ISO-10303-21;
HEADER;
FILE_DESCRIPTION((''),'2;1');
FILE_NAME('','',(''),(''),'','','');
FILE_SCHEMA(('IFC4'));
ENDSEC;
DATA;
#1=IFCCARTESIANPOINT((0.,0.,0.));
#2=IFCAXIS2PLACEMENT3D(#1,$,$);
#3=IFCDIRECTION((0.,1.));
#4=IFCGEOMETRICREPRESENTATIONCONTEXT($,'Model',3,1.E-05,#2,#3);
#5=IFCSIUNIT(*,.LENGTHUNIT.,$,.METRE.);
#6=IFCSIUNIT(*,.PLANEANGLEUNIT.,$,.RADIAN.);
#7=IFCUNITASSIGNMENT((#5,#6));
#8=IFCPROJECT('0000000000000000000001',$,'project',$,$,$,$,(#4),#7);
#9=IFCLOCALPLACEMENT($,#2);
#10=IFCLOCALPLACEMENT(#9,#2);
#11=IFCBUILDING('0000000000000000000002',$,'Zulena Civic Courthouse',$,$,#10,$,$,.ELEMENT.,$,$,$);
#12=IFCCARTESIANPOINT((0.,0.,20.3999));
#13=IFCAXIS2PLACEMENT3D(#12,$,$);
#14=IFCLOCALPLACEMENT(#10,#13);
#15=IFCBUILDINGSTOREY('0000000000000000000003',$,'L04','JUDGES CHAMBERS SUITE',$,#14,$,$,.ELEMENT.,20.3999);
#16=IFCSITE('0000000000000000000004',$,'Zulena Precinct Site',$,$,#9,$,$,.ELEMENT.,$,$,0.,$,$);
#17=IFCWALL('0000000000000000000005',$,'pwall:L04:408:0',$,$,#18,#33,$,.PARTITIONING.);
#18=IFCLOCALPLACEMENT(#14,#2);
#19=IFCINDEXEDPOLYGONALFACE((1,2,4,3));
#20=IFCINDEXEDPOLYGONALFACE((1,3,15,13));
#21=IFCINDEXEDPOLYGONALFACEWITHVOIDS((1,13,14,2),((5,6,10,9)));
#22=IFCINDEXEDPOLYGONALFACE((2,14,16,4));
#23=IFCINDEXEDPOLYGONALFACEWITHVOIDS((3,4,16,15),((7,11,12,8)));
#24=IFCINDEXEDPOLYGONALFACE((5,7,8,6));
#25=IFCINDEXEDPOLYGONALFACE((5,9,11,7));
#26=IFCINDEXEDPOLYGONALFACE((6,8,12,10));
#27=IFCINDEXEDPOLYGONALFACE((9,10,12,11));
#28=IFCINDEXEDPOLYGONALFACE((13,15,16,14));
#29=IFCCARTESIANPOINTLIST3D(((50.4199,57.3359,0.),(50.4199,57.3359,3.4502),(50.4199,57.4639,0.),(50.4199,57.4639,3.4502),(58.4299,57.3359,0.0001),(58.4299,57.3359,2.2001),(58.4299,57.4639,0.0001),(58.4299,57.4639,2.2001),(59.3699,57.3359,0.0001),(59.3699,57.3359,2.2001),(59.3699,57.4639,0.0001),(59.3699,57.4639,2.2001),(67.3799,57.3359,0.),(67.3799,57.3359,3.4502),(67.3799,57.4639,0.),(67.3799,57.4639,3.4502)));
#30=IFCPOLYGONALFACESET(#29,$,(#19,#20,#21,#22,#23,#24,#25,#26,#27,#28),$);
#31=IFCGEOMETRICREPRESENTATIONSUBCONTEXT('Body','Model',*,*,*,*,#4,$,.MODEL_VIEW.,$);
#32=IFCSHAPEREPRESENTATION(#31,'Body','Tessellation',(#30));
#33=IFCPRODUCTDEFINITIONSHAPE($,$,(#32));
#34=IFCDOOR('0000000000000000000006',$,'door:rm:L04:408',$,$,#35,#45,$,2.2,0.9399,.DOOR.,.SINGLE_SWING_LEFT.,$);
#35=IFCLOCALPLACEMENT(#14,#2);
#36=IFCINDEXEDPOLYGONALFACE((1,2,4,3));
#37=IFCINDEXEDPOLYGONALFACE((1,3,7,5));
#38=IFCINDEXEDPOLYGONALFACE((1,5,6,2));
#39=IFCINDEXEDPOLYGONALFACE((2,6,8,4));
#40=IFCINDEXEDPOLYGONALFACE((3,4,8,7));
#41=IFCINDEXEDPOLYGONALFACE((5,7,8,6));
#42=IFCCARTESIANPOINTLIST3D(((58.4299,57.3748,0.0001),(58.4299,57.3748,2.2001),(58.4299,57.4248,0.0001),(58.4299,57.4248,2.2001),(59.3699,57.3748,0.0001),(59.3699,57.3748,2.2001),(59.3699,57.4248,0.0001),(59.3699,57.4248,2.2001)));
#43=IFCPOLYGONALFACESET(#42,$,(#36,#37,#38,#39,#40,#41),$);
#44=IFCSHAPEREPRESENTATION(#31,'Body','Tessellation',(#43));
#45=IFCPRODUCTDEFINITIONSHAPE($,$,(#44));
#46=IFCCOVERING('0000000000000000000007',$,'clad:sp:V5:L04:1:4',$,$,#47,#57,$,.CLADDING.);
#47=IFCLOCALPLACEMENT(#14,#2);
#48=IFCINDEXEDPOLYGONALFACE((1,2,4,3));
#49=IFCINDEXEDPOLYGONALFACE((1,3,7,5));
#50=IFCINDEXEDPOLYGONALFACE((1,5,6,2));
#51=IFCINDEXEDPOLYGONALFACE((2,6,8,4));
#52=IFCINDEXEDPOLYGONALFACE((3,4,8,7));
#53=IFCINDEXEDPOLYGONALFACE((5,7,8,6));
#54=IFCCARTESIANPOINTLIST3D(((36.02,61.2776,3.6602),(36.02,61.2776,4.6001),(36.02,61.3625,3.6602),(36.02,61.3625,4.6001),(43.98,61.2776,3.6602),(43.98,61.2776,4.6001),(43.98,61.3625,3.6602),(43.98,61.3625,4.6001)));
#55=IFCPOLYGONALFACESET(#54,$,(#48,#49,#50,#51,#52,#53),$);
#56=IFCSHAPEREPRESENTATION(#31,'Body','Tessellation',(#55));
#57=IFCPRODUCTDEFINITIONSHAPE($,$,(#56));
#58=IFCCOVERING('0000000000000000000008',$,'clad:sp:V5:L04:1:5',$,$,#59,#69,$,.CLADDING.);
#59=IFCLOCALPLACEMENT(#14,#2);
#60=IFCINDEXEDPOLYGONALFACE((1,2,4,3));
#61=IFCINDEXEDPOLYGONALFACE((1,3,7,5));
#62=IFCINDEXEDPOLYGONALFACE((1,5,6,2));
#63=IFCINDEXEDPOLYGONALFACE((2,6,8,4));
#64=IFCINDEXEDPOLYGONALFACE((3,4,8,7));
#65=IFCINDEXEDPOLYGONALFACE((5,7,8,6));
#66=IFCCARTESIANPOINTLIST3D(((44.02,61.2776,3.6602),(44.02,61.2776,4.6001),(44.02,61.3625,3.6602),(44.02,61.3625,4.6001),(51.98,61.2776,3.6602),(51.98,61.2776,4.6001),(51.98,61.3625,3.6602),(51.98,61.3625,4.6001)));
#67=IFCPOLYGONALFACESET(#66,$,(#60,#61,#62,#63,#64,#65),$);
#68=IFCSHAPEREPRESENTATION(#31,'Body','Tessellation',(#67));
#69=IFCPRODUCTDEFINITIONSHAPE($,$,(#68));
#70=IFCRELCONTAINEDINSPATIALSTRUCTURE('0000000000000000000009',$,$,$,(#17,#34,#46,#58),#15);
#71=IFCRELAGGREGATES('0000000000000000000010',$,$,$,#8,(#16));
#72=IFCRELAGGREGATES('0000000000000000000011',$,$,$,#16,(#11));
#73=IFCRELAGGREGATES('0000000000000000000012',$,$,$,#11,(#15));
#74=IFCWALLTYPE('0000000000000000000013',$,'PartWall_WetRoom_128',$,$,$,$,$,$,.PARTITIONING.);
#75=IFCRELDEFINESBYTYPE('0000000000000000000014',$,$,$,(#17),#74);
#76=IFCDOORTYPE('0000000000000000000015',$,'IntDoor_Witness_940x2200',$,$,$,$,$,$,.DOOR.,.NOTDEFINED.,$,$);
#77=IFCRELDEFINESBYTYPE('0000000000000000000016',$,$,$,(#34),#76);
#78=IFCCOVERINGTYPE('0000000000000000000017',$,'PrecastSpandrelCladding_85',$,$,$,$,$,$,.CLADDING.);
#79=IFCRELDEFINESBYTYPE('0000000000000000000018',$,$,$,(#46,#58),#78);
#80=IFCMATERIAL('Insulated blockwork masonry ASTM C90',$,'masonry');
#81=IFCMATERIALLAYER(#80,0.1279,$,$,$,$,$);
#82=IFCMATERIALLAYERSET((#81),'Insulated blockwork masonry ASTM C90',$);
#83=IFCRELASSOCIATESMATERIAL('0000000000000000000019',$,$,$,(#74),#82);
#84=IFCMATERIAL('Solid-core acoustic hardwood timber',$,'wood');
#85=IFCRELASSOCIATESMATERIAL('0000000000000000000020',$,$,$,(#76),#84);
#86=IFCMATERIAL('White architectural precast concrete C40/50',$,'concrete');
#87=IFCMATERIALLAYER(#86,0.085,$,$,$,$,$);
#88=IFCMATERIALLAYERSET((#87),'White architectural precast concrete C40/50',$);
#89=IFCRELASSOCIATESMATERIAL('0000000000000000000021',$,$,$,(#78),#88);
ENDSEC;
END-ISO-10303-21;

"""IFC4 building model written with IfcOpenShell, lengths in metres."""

from ifc_helpers import new_model, si_unit, direction, frame, frame_2d, origin, origin_2d, place, context, subcontext, project, spatial, rectangle, extrude, material, layer, layer_set, type_object, element, fill, save


model = new_model("IFC4")

# Units and contexts
model_context = context("Model", 3, precision=1e-05, world=origin(), true_north=direction((0.0, 1.0)))
body_context = subcontext(model_context, "Body", "Model", "MODEL_VIEW")
ifc_project = project(units=[si_unit("LENGTHUNIT", "METRE"), si_unit("PLANEANGLEUNIT", "RADIAN")], contexts=[model_context])

# Site, building, storey
site_placement = place(None, origin())
site = spatial("IfcSite", under=ifc_project, at=site_placement, Name="Zulena Precinct Site", CompositionType="ELEMENT", RefElevation=0.0)
building_placement = place(site_placement, origin())
building = spatial("IfcBuilding", under=site, at=building_placement, Name="Zulena Civic Courthouse", CompositionType="ELEMENT")
storey_placement = place(building_placement, frame((0.0, 0.0, 20.3999)))
storey = spatial("IfcBuildingStorey", under=building, at=storey_placement, Name="L04", Description="JUDGES CHAMBERS SUITE", CompositionType="ELEMENT", Elevation=20.3999)

# Wall, opening, door
ifc_material_1 = material(Name="Insulated blockwork masonry ASTM C90", Category="masonry")
ifc_layer_1 = layer(ifc_material_1, 0.1279)
ifc_layer_set_1 = layer_set([ifc_layer_1], Name="Insulated blockwork masonry ASTM C90")
wall_type_1 = type_object("IfcWallType", Name="PartWall_WetRoom_128", PredefinedType="PARTITIONING", material=ifc_layer_set_1)
wall_1_placement = place(storey_placement, frame((50.4199, 57.3999, 0.0), z_axis=(0.0, 0.0, 1.0), x_axis=(1.0, 0.0, 0.0)))
wall_1 = element("IfcWall", 1, at=wall_1_placement, inside=storey, type_object=wall_type_1, Name="pwall:L04:408:0", PredefinedType="PARTITIONING", context=body_context, shape_type="SweptSolid", body=[
    extrude(rectangle(XDim=16.96, YDim=0.1279, at=frame_2d((8.48, 0.0))), origin(), (0.0, 0.0, 1.0), 3.4502),
])
opening_1_placement = place(wall_1_placement, frame((8.01, 0.0, 0.0)))
opening_1 = element("IfcOpeningElement", 2, at=opening_1_placement, cuts=wall_1, PredefinedType="OPENING", context=body_context, shape_type="SweptSolid", body=[
    extrude(rectangle(XDim=0.9399, YDim=2.2, at=frame_2d((0.47, 1.1001))), frame((0.0, 0.074, 0.0), z_axis=(0.0, -1.0, 0.0), x_axis=(1.0, 0.0, 0.0)), (0.0, 0.0, 1.0), 0.1479),
])
ifc_material_2 = material(Name="Solid-core acoustic hardwood timber", Category="wood")
door_type = type_object("IfcDoorType", Name="IntDoor_Witness_940x2200", OperationType="NOTDEFINED", PredefinedType="DOOR", material=ifc_material_2)
door_placement = place(opening_1_placement, origin())
door = element("IfcDoor", 3, at=door_placement, inside=storey, type_object=door_type, Name="door:rm:L04:408", OperationType="SINGLE_SWING_LEFT", OverallHeight=2.2, OverallWidth=0.9399, PredefinedType="DOOR", context=body_context, shape_type="SweptSolid", body=[
    extrude(rectangle(XDim=0.9399, YDim=2.2, at=frame_2d((0.47, 1.1001))), frame((0.0, 0.0249, 0.0), z_axis=(0.0, -1.0, 0.0), x_axis=(1.0, 0.0, 0.0)), (0.0, 0.0, 1.0), 0.05),
])
fill(opening_1, door)

# Coverings
ifc_material_3 = material(Name="White architectural precast concrete C40/50", Category="concrete")
ifc_layer_2 = layer(ifc_material_3, 0.085)
ifc_layer_set_2 = layer_set([ifc_layer_2], Name="White architectural precast concrete C40/50")
covering_type = type_object("IfcCoveringType", Name="PrecastSpandrelCladding_85", PredefinedType="CLADDING", material=ifc_layer_set_2)
for number, where, z_axis, x_axis, name in (
    (4, (40.0, 61.3201, 3.6602), (0.0, 0.0, 1.0), (1.0, 0.0, 0.0), "clad:sp:V5:L04:1:4"),
    (5, (48.0, 61.3201, 3.6602), (0.0, 0.0, 1.0), (1.0, 0.0, 0.0), "clad:sp:V5:L04:1:5"),
):
    element("IfcCovering", number, at=place(storey_placement, frame(where, z_axis=z_axis, x_axis=x_axis)), inside=storey, type_object=covering_type, Name=name, PredefinedType="CLADDING", context=body_context, shape_type="SweptSolid", body=[
        extrude(rectangle(XDim=7.96, YDim=0.085, at=origin_2d()), origin(), (0.0, 0.0, 1.0), 0.9399),
    ])

save(model, "model.ifc")
